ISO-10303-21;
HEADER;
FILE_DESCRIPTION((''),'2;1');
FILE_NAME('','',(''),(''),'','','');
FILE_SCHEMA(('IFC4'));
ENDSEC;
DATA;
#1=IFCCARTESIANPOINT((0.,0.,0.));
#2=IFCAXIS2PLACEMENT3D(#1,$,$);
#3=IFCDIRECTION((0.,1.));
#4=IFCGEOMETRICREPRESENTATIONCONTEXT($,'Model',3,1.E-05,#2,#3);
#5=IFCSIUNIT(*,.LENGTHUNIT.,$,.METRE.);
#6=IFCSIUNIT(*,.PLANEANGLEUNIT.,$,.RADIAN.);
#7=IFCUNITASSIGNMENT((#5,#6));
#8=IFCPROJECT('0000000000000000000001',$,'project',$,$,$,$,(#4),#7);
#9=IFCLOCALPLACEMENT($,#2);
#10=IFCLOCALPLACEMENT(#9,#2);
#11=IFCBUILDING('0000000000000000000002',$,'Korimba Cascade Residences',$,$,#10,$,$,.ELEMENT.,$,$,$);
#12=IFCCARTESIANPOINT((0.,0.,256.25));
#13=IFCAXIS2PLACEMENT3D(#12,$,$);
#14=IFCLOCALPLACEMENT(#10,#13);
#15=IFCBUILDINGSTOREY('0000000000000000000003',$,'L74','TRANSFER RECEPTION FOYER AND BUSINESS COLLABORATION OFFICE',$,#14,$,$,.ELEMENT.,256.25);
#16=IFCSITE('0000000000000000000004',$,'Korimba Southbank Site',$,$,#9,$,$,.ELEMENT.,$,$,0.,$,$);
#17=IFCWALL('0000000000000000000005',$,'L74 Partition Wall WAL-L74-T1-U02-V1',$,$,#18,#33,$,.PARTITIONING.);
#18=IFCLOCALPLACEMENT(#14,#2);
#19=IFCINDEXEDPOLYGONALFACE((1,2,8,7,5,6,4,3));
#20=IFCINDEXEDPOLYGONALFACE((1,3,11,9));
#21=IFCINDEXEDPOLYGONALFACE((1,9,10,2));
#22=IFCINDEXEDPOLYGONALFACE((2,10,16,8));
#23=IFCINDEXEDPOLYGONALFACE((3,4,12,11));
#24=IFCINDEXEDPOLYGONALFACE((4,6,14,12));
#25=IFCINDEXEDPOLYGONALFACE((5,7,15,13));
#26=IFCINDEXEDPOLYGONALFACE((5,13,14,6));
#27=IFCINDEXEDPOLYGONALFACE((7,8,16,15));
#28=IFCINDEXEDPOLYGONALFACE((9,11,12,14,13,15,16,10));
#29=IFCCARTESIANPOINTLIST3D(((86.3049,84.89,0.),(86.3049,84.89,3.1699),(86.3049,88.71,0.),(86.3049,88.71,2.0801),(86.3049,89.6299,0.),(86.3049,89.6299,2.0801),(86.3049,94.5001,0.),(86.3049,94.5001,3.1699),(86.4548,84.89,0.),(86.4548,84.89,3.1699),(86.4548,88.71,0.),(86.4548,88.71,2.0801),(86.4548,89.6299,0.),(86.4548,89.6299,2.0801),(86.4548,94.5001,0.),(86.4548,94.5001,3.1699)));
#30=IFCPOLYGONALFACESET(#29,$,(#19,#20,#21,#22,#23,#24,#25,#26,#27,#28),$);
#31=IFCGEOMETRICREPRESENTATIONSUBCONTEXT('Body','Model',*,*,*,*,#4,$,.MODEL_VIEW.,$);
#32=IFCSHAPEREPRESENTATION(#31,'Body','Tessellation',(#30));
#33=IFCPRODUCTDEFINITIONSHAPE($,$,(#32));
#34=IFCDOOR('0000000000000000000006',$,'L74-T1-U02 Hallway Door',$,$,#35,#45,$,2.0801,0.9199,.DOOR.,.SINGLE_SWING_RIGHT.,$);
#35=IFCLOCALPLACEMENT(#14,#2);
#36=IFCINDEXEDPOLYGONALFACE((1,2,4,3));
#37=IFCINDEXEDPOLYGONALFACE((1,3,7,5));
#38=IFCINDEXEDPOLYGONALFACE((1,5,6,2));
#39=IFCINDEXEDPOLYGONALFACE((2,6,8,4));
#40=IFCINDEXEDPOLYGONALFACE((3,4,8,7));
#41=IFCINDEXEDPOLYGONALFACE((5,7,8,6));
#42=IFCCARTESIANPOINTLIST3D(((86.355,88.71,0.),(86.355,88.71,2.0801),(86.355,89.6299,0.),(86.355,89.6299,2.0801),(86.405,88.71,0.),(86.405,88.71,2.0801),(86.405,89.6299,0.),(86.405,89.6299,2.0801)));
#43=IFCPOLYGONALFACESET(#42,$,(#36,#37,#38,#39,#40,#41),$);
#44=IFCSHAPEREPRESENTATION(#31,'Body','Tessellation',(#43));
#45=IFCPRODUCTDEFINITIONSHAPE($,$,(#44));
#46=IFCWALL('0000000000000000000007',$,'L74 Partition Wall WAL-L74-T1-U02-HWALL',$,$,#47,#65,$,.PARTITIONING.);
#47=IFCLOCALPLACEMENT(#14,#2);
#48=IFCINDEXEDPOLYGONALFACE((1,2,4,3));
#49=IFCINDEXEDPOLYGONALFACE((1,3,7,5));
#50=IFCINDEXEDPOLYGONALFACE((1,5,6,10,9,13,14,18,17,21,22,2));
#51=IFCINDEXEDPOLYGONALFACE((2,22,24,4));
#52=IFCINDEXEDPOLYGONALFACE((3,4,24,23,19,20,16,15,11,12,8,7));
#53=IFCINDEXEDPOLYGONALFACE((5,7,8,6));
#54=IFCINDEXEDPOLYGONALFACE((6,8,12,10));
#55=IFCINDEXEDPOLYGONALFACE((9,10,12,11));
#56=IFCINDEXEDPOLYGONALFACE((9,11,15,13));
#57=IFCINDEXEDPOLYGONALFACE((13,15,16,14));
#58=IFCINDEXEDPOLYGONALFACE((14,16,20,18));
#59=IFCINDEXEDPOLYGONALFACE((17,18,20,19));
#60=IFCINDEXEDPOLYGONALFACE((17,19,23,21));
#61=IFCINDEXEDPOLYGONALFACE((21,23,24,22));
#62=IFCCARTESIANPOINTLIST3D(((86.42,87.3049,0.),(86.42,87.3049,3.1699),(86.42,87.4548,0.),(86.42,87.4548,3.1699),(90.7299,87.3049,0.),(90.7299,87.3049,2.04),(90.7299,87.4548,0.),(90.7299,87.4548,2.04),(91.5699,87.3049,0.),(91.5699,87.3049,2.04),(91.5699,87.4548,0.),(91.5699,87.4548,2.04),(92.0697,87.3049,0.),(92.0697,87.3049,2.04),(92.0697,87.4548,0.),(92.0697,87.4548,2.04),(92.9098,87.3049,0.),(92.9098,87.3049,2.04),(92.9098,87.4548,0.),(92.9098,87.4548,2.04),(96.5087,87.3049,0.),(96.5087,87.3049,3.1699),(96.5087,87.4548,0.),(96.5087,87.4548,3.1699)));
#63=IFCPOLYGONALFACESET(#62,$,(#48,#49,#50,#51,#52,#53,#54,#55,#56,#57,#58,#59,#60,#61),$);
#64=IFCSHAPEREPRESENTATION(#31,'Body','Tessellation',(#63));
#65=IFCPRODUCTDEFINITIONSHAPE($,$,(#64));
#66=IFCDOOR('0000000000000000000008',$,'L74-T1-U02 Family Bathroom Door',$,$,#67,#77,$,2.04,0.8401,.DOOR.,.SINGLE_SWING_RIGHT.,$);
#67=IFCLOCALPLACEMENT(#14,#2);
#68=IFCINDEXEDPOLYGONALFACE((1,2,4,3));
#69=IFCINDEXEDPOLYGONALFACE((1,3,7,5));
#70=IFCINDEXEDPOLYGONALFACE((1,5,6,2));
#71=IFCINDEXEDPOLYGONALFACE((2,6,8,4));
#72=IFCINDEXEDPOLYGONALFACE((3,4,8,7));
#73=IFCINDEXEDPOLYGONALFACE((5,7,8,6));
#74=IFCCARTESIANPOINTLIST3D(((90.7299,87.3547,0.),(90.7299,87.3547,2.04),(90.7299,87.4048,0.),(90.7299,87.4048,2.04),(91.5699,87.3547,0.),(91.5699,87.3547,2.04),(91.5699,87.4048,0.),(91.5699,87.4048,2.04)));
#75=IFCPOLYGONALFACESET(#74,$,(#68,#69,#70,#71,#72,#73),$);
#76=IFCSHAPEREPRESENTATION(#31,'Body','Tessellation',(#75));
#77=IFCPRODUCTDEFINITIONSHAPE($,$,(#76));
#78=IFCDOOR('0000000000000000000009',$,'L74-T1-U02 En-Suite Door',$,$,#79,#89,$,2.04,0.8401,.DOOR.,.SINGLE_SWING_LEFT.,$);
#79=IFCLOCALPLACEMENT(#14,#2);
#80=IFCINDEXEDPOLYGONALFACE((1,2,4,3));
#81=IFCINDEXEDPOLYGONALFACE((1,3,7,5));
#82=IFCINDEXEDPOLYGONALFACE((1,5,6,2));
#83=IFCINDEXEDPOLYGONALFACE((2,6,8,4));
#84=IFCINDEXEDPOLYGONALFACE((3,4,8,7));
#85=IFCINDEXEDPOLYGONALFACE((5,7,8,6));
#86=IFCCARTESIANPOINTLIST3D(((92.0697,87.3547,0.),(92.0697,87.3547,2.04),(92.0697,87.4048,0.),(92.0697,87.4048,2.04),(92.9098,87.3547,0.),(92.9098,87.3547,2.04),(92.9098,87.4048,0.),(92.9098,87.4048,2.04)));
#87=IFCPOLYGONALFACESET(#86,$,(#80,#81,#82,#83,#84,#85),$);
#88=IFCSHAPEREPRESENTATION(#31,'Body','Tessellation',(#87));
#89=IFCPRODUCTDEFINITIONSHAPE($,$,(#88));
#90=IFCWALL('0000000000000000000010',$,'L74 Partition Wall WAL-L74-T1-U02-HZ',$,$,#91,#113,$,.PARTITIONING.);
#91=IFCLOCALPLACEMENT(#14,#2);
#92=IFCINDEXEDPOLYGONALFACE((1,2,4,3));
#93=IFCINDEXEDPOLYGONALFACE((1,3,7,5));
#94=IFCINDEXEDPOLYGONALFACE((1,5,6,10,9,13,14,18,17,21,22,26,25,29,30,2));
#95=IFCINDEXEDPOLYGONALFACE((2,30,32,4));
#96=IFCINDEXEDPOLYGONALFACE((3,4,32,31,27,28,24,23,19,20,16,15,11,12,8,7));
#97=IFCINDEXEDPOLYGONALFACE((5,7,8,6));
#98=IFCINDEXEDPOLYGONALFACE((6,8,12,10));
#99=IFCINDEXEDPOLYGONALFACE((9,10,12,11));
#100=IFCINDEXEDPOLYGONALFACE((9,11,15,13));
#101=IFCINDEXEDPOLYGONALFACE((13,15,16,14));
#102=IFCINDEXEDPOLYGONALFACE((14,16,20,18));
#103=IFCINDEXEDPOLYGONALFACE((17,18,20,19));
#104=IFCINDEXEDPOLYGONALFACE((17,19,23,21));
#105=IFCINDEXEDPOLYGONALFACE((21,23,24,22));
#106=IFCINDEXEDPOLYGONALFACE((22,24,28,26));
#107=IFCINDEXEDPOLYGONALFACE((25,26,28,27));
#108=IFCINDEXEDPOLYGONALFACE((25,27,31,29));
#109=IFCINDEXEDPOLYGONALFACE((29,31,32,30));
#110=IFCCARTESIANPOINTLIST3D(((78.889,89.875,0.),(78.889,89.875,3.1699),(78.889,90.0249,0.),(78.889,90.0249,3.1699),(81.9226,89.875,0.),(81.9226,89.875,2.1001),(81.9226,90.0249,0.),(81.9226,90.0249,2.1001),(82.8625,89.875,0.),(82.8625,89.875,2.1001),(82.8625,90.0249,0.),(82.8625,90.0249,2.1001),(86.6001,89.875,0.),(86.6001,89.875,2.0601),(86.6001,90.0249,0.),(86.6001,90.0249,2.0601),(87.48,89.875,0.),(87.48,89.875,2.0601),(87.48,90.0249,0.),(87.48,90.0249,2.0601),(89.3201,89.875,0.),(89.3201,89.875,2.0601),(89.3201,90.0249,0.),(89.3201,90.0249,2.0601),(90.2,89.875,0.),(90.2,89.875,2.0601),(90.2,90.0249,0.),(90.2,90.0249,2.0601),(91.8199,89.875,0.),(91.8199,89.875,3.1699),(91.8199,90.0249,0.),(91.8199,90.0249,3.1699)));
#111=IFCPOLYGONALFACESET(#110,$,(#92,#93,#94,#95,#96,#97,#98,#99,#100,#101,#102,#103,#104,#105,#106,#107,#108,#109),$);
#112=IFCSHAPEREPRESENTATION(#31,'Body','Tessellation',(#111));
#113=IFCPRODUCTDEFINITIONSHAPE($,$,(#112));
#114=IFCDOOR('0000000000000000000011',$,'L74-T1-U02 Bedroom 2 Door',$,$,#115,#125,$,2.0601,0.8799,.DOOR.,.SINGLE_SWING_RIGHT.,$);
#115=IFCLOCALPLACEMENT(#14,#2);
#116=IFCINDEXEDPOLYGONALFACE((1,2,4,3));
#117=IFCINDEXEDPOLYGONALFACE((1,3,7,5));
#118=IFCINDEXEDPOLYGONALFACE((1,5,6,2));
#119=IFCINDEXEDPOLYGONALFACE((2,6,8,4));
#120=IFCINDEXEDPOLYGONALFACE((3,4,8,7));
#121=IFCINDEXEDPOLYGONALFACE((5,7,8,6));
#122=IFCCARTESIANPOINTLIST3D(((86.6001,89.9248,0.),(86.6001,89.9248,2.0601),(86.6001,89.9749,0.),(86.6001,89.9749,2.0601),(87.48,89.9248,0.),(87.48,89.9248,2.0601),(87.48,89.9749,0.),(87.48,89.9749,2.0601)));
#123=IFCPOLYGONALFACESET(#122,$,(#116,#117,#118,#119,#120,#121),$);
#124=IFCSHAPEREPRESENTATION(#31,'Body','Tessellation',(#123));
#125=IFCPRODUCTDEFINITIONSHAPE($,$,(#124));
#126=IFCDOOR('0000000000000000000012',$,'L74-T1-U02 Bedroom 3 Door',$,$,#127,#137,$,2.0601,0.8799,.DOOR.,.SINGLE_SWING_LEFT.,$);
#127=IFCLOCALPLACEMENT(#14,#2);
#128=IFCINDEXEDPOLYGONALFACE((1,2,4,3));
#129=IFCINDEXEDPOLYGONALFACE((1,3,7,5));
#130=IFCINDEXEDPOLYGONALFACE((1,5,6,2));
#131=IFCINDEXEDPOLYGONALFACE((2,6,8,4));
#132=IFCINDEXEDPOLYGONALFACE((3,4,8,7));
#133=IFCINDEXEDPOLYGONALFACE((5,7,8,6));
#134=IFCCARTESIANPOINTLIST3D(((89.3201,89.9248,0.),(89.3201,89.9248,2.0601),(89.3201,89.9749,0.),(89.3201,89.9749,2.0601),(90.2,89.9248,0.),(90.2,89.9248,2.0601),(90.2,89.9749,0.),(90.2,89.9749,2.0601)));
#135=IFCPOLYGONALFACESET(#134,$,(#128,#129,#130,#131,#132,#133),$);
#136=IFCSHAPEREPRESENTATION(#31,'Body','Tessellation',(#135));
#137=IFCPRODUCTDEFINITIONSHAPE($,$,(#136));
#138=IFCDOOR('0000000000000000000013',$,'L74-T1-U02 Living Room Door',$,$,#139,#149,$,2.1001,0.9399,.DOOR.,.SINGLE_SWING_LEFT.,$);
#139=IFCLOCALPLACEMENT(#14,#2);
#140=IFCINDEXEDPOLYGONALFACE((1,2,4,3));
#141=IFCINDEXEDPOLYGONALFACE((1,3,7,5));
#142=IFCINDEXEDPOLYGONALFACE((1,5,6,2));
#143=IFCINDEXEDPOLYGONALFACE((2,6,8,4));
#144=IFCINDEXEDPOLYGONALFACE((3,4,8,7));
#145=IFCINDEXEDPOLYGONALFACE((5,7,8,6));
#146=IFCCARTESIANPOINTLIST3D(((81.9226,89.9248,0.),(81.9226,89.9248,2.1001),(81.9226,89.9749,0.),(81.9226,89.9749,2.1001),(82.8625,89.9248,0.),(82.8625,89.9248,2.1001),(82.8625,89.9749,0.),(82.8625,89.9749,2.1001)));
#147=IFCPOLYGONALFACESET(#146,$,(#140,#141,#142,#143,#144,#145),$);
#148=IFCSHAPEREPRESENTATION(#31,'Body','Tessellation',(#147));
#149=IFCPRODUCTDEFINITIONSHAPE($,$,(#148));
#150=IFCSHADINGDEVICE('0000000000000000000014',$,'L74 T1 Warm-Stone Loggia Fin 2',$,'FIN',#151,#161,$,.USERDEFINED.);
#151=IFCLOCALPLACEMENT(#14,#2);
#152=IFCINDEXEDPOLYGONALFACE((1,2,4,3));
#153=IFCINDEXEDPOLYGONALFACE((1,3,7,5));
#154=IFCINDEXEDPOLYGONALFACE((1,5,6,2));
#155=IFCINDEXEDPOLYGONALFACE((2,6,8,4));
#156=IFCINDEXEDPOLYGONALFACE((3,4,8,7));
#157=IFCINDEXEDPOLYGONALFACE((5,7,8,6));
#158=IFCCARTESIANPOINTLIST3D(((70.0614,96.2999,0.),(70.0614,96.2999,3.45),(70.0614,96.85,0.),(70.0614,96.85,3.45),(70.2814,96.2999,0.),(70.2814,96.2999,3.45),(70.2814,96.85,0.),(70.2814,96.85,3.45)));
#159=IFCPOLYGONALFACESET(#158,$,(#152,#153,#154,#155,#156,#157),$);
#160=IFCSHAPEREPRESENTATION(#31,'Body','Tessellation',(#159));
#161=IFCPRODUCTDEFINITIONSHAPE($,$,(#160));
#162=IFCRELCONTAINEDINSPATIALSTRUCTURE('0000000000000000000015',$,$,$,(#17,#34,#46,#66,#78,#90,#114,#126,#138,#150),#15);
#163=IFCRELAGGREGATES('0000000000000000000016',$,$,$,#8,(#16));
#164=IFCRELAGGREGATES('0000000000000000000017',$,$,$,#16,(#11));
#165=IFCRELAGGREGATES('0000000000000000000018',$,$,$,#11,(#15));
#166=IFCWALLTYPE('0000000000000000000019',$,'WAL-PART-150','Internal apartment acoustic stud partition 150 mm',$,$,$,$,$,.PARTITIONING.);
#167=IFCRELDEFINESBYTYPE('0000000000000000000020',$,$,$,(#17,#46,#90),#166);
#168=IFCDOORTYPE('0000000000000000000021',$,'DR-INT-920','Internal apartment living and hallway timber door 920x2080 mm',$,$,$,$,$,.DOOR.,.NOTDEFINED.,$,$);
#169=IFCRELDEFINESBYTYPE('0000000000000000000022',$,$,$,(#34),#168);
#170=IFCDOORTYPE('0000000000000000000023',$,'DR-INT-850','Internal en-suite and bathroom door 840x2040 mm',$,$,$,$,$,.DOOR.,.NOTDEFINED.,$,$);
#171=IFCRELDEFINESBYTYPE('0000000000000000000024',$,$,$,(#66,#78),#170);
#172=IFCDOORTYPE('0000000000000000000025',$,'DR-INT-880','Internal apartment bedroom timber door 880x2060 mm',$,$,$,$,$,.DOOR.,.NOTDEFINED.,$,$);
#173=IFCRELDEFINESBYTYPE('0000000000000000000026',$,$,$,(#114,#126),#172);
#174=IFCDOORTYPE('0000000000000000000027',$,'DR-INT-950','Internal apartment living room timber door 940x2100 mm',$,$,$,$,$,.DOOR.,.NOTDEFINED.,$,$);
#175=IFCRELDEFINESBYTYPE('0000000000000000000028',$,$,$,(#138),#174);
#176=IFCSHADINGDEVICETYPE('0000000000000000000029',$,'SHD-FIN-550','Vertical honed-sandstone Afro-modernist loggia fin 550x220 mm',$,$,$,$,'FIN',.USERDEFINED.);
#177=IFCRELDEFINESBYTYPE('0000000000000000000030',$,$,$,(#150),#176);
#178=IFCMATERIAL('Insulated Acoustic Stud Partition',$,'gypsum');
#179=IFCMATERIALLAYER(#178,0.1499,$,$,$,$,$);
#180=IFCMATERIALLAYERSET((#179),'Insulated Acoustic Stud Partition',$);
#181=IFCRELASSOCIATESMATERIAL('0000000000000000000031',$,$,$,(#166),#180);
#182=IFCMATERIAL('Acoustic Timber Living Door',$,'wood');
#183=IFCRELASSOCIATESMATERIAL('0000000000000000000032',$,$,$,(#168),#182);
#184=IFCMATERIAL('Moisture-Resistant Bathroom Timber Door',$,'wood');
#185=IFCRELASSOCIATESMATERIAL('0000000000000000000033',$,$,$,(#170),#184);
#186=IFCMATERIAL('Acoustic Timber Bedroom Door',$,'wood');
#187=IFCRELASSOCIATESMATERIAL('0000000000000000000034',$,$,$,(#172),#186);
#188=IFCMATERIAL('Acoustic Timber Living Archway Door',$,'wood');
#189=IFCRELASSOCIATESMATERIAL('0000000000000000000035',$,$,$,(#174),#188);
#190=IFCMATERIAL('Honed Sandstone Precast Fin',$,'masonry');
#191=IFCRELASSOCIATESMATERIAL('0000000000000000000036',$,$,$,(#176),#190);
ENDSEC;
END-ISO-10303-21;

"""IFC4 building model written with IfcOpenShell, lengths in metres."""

from ifc_helpers import new_model, si_unit, direction, frame, frame_2d, origin, origin_2d, place, context, subcontext, project, spatial, rectangle, extrude, material, layer, layer_set, type_object, element, fill, save


model = new_model("IFC4")

# Units and contexts
model_context = context("Model", 3, precision=1e-05, world=origin(), true_north=direction((0.0, 1.0)))
body_context = subcontext(model_context, "Body", "Model", "MODEL_VIEW")
ifc_project = project(units=[si_unit("LENGTHUNIT", "METRE"), si_unit("PLANEANGLEUNIT", "RADIAN")], contexts=[model_context])

# Site, building, storey
site_placement = place(None, origin())
site = spatial("IfcSite", under=ifc_project, at=site_placement, Name="Korimba Southbank Site", CompositionType="ELEMENT", RefElevation=0.0)
building_placement = place(site_placement, origin())
building = spatial("IfcBuilding", under=site, at=building_placement, Name="Korimba Cascade Residences", CompositionType="ELEMENT")
storey_placement = place(building_placement, frame((0.0, 0.0, 256.25)))
storey = spatial("IfcBuildingStorey", under=building, at=storey_placement, Name="L74", Description="TRANSFER RECEPTION FOYER AND BUSINESS COLLABORATION OFFICE", CompositionType="ELEMENT", Elevation=256.25)

# Shared definitions
ifc_material_1 = material(Name="Insulated Acoustic Stud Partition", Category="gypsum")
ifc_layer = layer(ifc_material_1, 0.1499)
ifc_layer_set = layer_set([ifc_layer], Name="Insulated Acoustic Stud Partition")
wall_type = type_object("IfcWallType", Name="WAL-PART-150", Description="Internal apartment acoustic stud partition 150 mm", PredefinedType="PARTITIONING", material=ifc_layer_set)

# Shared definitions
ifc_material_2 = material(Name="Acoustic Timber Living Door", Category="wood")
door_type_1 = type_object("IfcDoorType", Name="DR-INT-920", Description="Internal apartment living and hallway timber door 920x2080 mm", OperationType="NOTDEFINED", PredefinedType="DOOR", material=ifc_material_2)

# Wall, opening, door
wall_1_placement = place(storey_placement, frame((86.3799, 84.8899, 0.0), z_axis=(0.0, 0.0, 1.0), x_axis=(0.0, 1.0, 0.0)))
wall_1 = element("IfcWall", 1, at=wall_1_placement, inside=storey, type_object=wall_type, Name="L74 Partition Wall WAL-L74-T1-U02-V1", PredefinedType="PARTITIONING", context=body_context, shape_type="SweptSolid", body=[
    extrude(rectangle(XDim=9.6101, YDim=0.1499, at=frame_2d((4.8052, 0.0))), origin(), (0.0, 0.0, 1.0), 3.1699),
])
opening_1_placement = place(wall_1_placement, frame((3.8201, 0.0, 0.0)))
opening_1 = element("IfcOpeningElement", 2, at=opening_1_placement, cuts=wall_1, PredefinedType="OPENING", context=body_context, shape_type="SweptSolid", body=[
    extrude(rectangle(XDim=0.9199, YDim=2.0801, at=frame_2d((0.46, 1.04))), frame((0.0, 0.085, 0.0), z_axis=(0.0, -1.0, 0.0), x_axis=(1.0, 0.0, 0.0)), (0.0, 0.0, 1.0), 0.1699),
])
door_1_placement = place(opening_1_placement, origin())
door_1 = element("IfcDoor", 3, at=door_1_placement, inside=storey, type_object=door_type_1, Name="L74-T1-U02 Hallway Door", OperationType="SINGLE_SWING_RIGHT", OverallHeight=2.0801, OverallWidth=0.9199, PredefinedType="DOOR", context=body_context, shape_type="SweptSolid", body=[
    extrude(rectangle(XDim=0.9199, YDim=2.0801, at=frame_2d((0.46, 1.04))), frame((0.0, 0.0249, 0.0), z_axis=(0.0, -1.0, 0.0), x_axis=(1.0, 0.0, 0.0)), (0.0, 0.0, 1.0), 0.05),
])
fill(opening_1, door_1)

# Walls, openings, doors
wall_2_placement = place(storey_placement, frame((86.4199, 87.3799, 0.0), z_axis=(0.0, 0.0, 1.0), x_axis=(1.0, 0.0, 0.0)))
wall_2 = element("IfcWall", 4, at=wall_2_placement, inside=storey, type_object=wall_type, Name="L74 Partition Wall WAL-L74-T1-U02-HWALL", PredefinedType="PARTITIONING", context=body_context, shape_type="SweptSolid", body=[
    extrude(rectangle(XDim=10.0886, YDim=0.1499, at=frame_2d((5.0444, 0.0))), origin(), (0.0, 0.0, 1.0), 3.1699),
])
opening_2_placement = place(wall_2_placement, frame((4.3101, 0.0, 0.0)))
opening_2 = element("IfcOpeningElement", 5, at=opening_2_placement, cuts=wall_2, PredefinedType="OPENING", context=body_context, shape_type="SweptSolid", body=[
    extrude(rectangle(XDim=0.8401, YDim=2.04, at=frame_2d((0.4199, 1.02))), frame((0.0, 0.085, 0.0), z_axis=(0.0, -1.0, 0.0), x_axis=(1.0, 0.0, 0.0)), (0.0, 0.0, 1.0), 0.1699),
])
opening_3_placement = place(wall_2_placement, frame((5.6499, 0.0, 0.0)))
opening_3 = element("IfcOpeningElement", 6, at=opening_3_placement, cuts=wall_2, PredefinedType="OPENING", context=body_context, shape_type="SweptSolid", body=[
    extrude(rectangle(XDim=0.8401, YDim=2.04, at=frame_2d((0.4199, 1.02))), frame((0.0, 0.085, 0.0), z_axis=(0.0, -1.0, 0.0), x_axis=(1.0, 0.0, 0.0)), (0.0, 0.0, 1.0), 0.1699),
])
ifc_material_3 = material(Name="Moisture-Resistant Bathroom Timber Door", Category="wood")
door_type_2 = type_object("IfcDoorType", Name="DR-INT-850", Description="Internal en-suite and bathroom door 840x2040 mm", OperationType="NOTDEFINED", PredefinedType="DOOR", material=ifc_material_3)
door_2_placement = place(opening_2_placement, origin())
door_2 = element("IfcDoor", 7, at=door_2_placement, inside=storey, type_object=door_type_2, Name="L74-T1-U02 Family Bathroom Door", OperationType="SINGLE_SWING_RIGHT", OverallHeight=2.04, OverallWidth=0.8401, PredefinedType="DOOR", context=body_context, shape_type="SweptSolid", body=[
    extrude(rectangle(XDim=0.8401, YDim=2.04, at=frame_2d((0.4199, 1.02))), frame((0.0, 0.0249, 0.0), z_axis=(0.0, -1.0, 0.0), x_axis=(1.0, 0.0, 0.0)), (0.0, 0.0, 1.0), 0.05),
])
fill(opening_2, door_2)
door_3_placement = place(opening_3_placement, origin())
door_3 = element("IfcDoor", 8, at=door_3_placement, inside=storey, type_object=door_type_2, Name="L74-T1-U02 En-Suite Door", OperationType="SINGLE_SWING_LEFT", OverallHeight=2.04, OverallWidth=0.8401, PredefinedType="DOOR", context=body_context, shape_type="SweptSolid", body=[
    extrude(rectangle(XDim=0.8401, YDim=2.04, at=frame_2d((0.4199, 1.02))), frame((0.0, 0.0249, 0.0), z_axis=(0.0, -1.0, 0.0), x_axis=(1.0, 0.0, 0.0)), (0.0, 0.0, 1.0), 0.05),
])
fill(opening_3, door_3)
wall_3_placement = place(storey_placement, frame((78.8892, 89.95, 0.0), z_axis=(0.0, 0.0, 1.0), x_axis=(1.0, 0.0, 0.0)))
wall_3 = element("IfcWall", 9, at=wall_3_placement, inside=storey, type_object=wall_type, Name="L74 Partition Wall WAL-L74-T1-U02-HZ", PredefinedType="PARTITIONING", context=body_context, shape_type="SweptSolid", body=[
    extrude(rectangle(XDim=12.9309, YDim=0.1499, at=frame_2d((6.4653, 0.0))), origin(), (0.0, 0.0, 1.0), 3.1699),
])
opening_4_placement = place(wall_3_placement, frame((3.0334, 0.0, 0.0)))
opening_4 = element("IfcOpeningElement", 10, at=opening_4_placement, cuts=wall_3, PredefinedType="OPENING", context=body_context, shape_type="SweptSolid", body=[
    extrude(rectangle(XDim=0.9399, YDim=2.1001, at=frame_2d((0.47, 1.05))), frame((0.0, 0.085, 0.0), z_axis=(0.0, -1.0, 0.0), x_axis=(1.0, 0.0, 0.0)), (0.0, 0.0, 1.0), 0.1699),
])
opening_5_placement = place(wall_3_placement, frame((7.7109, 0.0, 0.0)))
opening_5 = element("IfcOpeningElement", 11, at=opening_5_placement, cuts=wall_3, PredefinedType="OPENING", context=body_context, shape_type="SweptSolid", body=[
    extrude(rectangle(XDim=0.8799, YDim=2.0601, at=frame_2d((0.4399, 1.03))), frame((0.0, 0.085, 0.0), z_axis=(0.0, -1.0, 0.0), x_axis=(1.0, 0.0, 0.0)), (0.0, 0.0, 1.0), 0.1699),
])
opening_6_placement = place(wall_3_placement, frame((10.4309, 0.0, 0.0)))
opening_6 = element("IfcOpeningElement", 12, at=opening_6_placement, cuts=wall_3, PredefinedType="OPENING", context=body_context, shape_type="SweptSolid", body=[
    extrude(rectangle(XDim=0.8799, YDim=2.0601, at=frame_2d((0.4399, 1.03))), frame((0.0, 0.085, 0.0), z_axis=(0.0, -1.0, 0.0), x_axis=(1.0, 0.0, 0.0)), (0.0, 0.0, 1.0), 0.1699),
])
ifc_material_4 = material(Name="Acoustic Timber Bedroom Door", Category="wood")
door_type_3 = type_object("IfcDoorType", Name="DR-INT-880", Description="Internal apartment bedroom timber door 880x2060 mm", OperationType="NOTDEFINED", PredefinedType="DOOR", material=ifc_material_4)
door_4_placement = place(opening_5_placement, origin())
door_4 = element("IfcDoor", 13, at=door_4_placement, inside=storey, type_object=door_type_3, Name="L74-T1-U02 Bedroom 2 Door", OperationType="SINGLE_SWING_RIGHT", OverallHeight=2.0601, OverallWidth=0.8799, PredefinedType="DOOR", context=body_context, shape_type="SweptSolid", body=[
    extrude(rectangle(XDim=0.8799, YDim=2.0601, at=frame_2d((0.4399, 1.03))), frame((0.0, 0.0249, 0.0), z_axis=(0.0, -1.0, 0.0), x_axis=(1.0, 0.0, 0.0)), (0.0, 0.0, 1.0), 0.05),
])
fill(opening_5, door_4)
door_5_placement = place(opening_6_placement, origin())
door_5 = element("IfcDoor", 14, at=door_5_placement, inside=storey, type_object=door_type_3, Name="L74-T1-U02 Bedroom 3 Door", OperationType="SINGLE_SWING_LEFT", OverallHeight=2.0601, OverallWidth=0.8799, PredefinedType="DOOR", context=body_context, shape_type="SweptSolid", body=[
    extrude(rectangle(XDim=0.8799, YDim=2.0601, at=frame_2d((0.4399, 1.03))), frame((0.0, 0.0249, 0.0), z_axis=(0.0, -1.0, 0.0), x_axis=(1.0, 0.0, 0.0)), (0.0, 0.0, 1.0), 0.05),
])
fill(opening_6, door_5)
ifc_material_5 = material(Name="Acoustic Timber Living Archway Door", Category="wood")
door_type_4 = type_object("IfcDoorType", Name="DR-INT-950", Description="Internal apartment living room timber door 940x2100 mm", OperationType="NOTDEFINED", PredefinedType="DOOR", material=ifc_material_5)
door_6_placement = place(opening_4_placement, origin())
door_6 = element("IfcDoor", 15, at=door_6_placement, inside=storey, type_object=door_type_4, Name="L74-T1-U02 Living Room Door", OperationType="SINGLE_SWING_LEFT", OverallHeight=2.1001, OverallWidth=0.9399, PredefinedType="DOOR", context=body_context, shape_type="SweptSolid", body=[
    extrude(rectangle(XDim=0.9399, YDim=2.1001, at=frame_2d((0.47, 1.05))), frame((0.0, 0.0249, 0.0), z_axis=(0.0, -1.0, 0.0), x_axis=(1.0, 0.0, 0.0)), (0.0, 0.0, 1.0), 0.05),
])
fill(opening_4, door_6)

# Shading device
ifc_material_6 = material(Name="Honed Sandstone Precast Fin", Category="masonry")
shading_device_type = type_object("IfcShadingDeviceType", Name="SHD-FIN-550", Description="Vertical honed-sandstone Afro-modernist loggia fin 550x220 mm", ElementType="FIN", PredefinedType="USERDEFINED", material=ifc_material_6)
for number, where, z_axis, x_axis, name in (
    (16, (70.1714, 96.575, 0.0), (0.0, 0.0, 1.0), (1.0, 0.0, 0.0), "L74 T1 Warm-Stone Loggia Fin 2"),
):
    element("IfcShadingDevice", number, at=place(storey_placement, frame(where, z_axis=z_axis, x_axis=x_axis)), inside=storey, type_object=shading_device_type, Name=name, ObjectType="FIN", PredefinedType="USERDEFINED", context=body_context, shape_type="SweptSolid", body=[
        extrude(rectangle(XDim=0.22, YDim=0.55, at=origin_2d()), origin(), (0.0, 0.0, 1.0), 3.45),
    ])

save(model, "model.ifc")
